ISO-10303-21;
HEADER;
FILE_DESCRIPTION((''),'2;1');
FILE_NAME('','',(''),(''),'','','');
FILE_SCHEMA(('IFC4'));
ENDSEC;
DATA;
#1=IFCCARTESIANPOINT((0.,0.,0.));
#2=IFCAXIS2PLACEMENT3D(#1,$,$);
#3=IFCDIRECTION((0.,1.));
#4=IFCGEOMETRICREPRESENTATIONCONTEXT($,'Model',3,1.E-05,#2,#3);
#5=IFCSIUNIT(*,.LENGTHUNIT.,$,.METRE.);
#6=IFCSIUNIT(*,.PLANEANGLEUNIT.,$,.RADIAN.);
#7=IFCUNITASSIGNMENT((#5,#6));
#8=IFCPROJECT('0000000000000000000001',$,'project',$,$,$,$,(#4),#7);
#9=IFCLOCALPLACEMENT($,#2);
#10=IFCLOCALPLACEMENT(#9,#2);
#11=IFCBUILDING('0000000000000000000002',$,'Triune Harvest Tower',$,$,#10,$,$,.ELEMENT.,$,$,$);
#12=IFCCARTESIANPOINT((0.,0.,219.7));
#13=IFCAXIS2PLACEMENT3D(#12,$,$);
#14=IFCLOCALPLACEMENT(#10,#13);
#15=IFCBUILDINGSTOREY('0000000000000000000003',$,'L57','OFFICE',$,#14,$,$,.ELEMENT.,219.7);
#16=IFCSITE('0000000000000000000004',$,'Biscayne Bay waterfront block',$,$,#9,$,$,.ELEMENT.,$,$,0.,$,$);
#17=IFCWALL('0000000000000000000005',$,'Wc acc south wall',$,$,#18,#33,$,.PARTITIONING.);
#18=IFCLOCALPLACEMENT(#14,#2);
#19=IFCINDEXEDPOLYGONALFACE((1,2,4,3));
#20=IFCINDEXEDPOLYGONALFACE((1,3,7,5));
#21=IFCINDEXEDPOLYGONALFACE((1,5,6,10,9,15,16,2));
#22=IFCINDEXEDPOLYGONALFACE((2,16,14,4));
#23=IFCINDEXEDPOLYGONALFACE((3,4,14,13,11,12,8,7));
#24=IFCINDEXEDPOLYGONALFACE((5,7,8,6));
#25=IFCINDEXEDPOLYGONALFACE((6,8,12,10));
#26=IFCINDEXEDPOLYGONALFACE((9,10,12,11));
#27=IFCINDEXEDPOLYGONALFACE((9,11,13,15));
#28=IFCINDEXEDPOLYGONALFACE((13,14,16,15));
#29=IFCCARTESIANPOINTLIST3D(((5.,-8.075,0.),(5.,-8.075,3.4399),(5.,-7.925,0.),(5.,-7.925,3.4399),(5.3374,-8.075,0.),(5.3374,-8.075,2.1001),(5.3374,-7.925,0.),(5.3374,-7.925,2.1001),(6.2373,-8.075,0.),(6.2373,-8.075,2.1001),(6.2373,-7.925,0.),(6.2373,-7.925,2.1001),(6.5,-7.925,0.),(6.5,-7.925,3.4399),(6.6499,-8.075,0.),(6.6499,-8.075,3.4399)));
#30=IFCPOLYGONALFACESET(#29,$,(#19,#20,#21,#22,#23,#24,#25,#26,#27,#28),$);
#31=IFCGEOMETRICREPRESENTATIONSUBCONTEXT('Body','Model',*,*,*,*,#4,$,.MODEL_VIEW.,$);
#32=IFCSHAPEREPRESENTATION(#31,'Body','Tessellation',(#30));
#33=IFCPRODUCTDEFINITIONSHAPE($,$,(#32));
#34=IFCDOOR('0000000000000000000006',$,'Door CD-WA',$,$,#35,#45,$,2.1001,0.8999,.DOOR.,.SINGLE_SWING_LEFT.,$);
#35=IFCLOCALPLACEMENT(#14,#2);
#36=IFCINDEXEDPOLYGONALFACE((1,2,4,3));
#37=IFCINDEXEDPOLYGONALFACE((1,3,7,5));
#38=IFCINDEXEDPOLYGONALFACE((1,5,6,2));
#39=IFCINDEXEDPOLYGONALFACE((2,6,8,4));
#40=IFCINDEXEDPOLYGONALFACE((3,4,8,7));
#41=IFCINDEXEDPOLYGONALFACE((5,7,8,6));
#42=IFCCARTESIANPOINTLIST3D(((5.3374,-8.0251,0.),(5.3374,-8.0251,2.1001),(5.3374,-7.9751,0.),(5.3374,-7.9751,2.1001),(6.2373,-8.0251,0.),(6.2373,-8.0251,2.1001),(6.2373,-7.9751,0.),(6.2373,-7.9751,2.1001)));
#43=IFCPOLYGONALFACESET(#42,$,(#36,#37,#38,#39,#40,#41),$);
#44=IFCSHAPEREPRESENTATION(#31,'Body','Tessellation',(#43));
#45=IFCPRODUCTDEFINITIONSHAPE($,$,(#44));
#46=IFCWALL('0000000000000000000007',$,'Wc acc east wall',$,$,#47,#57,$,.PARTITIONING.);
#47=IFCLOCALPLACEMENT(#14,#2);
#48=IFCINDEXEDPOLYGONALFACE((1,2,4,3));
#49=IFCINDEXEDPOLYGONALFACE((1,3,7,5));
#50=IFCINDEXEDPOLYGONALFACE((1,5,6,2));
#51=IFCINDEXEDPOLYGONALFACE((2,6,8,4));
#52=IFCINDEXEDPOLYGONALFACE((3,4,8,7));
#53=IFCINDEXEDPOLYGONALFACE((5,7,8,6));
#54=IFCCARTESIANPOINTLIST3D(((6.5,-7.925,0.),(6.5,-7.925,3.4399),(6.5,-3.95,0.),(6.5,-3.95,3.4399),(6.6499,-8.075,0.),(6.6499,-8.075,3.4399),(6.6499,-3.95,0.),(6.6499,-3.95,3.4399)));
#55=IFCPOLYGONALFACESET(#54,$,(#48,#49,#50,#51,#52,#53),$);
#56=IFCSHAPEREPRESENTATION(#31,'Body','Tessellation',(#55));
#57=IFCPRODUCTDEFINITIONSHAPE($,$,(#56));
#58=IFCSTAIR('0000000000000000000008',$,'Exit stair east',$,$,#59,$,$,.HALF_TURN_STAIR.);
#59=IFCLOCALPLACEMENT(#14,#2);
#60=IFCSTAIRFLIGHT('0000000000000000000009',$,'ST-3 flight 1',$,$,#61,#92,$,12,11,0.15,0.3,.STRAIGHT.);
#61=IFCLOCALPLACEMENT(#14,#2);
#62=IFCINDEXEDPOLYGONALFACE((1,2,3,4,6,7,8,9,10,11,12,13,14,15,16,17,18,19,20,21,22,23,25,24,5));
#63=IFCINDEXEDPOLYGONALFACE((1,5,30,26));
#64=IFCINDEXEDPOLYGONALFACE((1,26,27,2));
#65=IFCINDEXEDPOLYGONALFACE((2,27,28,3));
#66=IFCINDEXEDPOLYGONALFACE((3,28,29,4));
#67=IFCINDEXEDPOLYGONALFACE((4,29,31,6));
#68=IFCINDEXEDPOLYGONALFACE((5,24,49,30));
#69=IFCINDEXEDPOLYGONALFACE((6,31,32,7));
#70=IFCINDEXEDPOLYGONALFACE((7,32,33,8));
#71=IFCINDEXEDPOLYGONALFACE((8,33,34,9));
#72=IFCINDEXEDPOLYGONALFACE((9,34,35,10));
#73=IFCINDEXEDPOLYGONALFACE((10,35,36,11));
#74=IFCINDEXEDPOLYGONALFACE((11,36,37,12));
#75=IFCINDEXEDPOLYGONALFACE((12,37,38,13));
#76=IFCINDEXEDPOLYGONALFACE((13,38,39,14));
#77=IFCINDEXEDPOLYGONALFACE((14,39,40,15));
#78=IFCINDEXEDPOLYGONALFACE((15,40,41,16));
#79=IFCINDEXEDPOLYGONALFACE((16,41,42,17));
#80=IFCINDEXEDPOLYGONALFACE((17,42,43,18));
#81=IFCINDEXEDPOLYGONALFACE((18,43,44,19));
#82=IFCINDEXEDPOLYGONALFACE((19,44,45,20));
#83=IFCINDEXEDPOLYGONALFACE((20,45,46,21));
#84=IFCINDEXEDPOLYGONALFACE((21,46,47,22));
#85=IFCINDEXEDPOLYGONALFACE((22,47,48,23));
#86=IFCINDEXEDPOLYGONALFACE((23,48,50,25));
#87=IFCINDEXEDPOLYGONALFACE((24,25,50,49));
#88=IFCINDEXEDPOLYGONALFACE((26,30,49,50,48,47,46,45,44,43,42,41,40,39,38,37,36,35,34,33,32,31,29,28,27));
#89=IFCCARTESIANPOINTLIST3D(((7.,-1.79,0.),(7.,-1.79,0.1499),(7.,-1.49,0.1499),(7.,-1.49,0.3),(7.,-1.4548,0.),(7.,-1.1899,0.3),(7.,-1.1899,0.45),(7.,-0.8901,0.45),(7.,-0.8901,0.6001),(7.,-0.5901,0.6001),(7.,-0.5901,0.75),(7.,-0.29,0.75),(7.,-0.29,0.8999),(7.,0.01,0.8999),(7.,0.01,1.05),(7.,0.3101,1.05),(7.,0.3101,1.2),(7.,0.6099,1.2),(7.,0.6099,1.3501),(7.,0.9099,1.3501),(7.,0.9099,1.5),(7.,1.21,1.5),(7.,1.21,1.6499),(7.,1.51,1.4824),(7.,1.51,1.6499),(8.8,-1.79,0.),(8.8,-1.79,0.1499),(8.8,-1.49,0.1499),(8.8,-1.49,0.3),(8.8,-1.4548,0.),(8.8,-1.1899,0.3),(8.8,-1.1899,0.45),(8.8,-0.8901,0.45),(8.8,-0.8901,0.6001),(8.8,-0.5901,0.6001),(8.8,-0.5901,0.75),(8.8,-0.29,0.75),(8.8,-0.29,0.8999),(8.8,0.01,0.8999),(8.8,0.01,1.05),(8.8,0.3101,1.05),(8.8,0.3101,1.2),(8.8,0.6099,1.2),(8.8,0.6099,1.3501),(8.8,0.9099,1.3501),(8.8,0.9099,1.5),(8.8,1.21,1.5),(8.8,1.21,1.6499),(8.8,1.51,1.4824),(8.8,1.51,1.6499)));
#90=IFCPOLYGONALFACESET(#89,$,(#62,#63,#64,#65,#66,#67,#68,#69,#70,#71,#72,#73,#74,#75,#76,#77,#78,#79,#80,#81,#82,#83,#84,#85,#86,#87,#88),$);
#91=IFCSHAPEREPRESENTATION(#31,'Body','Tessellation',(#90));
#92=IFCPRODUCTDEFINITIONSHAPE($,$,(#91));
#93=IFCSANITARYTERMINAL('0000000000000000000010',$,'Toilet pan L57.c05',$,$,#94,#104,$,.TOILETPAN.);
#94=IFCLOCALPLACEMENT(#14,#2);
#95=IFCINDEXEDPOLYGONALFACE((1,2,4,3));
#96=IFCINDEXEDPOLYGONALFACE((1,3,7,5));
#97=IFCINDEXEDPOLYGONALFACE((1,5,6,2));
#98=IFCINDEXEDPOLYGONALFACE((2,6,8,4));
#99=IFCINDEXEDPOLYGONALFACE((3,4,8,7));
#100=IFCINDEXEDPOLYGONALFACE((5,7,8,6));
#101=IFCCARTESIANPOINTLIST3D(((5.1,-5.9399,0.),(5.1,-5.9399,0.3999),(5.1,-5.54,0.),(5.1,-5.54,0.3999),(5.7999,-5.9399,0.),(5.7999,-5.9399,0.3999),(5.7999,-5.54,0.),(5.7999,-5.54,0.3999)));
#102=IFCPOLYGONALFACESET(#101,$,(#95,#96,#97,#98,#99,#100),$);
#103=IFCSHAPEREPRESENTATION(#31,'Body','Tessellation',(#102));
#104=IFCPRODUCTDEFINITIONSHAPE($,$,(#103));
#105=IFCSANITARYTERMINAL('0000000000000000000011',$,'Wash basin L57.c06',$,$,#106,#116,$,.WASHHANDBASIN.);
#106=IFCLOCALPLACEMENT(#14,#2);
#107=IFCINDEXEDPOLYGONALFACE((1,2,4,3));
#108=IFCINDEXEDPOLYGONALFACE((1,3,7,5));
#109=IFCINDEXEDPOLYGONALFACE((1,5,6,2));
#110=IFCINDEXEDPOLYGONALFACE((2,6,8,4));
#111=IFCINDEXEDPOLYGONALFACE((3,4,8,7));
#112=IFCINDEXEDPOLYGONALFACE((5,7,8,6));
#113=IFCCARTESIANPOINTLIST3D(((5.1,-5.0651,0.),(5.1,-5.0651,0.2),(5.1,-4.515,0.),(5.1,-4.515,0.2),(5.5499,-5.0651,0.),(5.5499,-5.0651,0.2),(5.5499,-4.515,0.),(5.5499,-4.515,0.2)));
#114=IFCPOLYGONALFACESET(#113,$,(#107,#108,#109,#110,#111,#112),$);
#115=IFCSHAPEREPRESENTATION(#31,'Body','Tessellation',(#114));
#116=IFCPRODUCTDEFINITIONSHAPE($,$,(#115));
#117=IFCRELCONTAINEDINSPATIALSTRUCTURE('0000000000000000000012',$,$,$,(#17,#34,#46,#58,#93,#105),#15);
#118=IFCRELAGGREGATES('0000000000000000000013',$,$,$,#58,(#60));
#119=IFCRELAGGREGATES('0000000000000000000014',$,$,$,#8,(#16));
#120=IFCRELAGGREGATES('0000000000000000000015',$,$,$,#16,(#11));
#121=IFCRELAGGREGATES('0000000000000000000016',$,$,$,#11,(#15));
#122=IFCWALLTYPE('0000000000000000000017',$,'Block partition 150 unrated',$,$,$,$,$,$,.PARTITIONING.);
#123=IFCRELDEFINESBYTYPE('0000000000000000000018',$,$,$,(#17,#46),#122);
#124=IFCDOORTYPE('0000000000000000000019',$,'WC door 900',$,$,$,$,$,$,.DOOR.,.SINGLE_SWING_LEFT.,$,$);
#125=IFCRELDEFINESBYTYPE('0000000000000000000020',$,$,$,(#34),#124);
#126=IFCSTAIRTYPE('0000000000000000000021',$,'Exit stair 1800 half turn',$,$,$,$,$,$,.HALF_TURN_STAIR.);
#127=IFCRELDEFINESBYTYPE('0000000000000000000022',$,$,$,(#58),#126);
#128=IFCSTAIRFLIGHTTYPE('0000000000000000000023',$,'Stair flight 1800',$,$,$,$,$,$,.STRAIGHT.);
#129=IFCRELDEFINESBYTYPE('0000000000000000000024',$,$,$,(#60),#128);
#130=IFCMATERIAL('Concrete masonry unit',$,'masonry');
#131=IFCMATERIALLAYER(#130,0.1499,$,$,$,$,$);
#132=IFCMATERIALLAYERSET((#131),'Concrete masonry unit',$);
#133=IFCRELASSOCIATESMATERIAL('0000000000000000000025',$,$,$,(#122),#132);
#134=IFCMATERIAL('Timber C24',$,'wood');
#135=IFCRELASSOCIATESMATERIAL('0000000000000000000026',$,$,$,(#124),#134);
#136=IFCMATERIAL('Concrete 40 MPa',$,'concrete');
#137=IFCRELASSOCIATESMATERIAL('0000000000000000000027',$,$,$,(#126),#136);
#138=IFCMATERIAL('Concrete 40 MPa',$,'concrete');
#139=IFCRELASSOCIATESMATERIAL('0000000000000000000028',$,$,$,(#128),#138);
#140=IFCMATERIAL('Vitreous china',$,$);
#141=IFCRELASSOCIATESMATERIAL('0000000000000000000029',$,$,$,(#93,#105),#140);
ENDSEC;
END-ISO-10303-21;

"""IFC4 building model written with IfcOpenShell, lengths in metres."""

from ifc_helpers import new_model, si_unit, direction, frame, frame_2d, origin, origin_2d, place, context, subcontext, project, spatial, polyline, rectangle, outline, extrude, source, transform, mapped, material, layer, layer_set, type_object, element, fill, aggregate, save


model = new_model("IFC4")

# Units and contexts
model_context = context("Model", 3, precision=1e-05, world=origin(), true_north=direction((0.0, 1.0)))
body_context = subcontext(model_context, "Body", "Model", "MODEL_VIEW")
ifc_project = project(units=[si_unit("LENGTHUNIT", "METRE"), si_unit("PLANEANGLEUNIT", "RADIAN")], contexts=[model_context])

# Site, building, storey
site_placement = place(None, origin())
site = spatial("IfcSite", under=ifc_project, at=site_placement, Name="Biscayne Bay waterfront block", CompositionType="ELEMENT", RefElevation=0.0)
building_placement = place(site_placement, origin())
building = spatial("IfcBuilding", under=site, at=building_placement, Name="Triune Harvest Tower", CompositionType="ELEMENT")
storey_placement = place(building_placement, frame((0.0, 0.0, 219.7)))
storey = spatial("IfcBuildingStorey", under=building, at=storey_placement, Name="L57", Description="OFFICE", CompositionType="ELEMENT", Elevation=219.7)

# Wall, opening, door
ifc_material_1 = material(Name="Concrete masonry unit", Category="masonry")
ifc_layer_1 = layer(ifc_material_1, 0.1499)
ifc_layer_set_1 = layer_set([ifc_layer_1], Name="Concrete masonry unit")
wall_type_1 = type_object("IfcWallType", Name="Block partition 150 unrated", PredefinedType="PARTITIONING", material=ifc_layer_set_1)
shared_shape_1 = source(origin(), body_context, "Body", "SweptSolid", [
    extrude(outline(polyline([(0.0, -0.075), (1.6499, -0.075), (1.5, 0.075), (0.0, 0.075), (0.0, -0.075)])), origin(), (0.0, 0.0, 1.0), 3.4399),
])
wall_1_placement = place(storey_placement, frame((5.0, -8.0, 0.0), z_axis=(0.0, 0.0, 1.0), x_axis=(1.0, 0.0, 0.0)))
wall_1 = element("IfcWall", 1, at=wall_1_placement, inside=storey, type_object=wall_type_1, Name="Wc acc south wall", PredefinedType="PARTITIONING", context=body_context, shape_type="MappedRepresentation", body=[
    mapped(shared_shape_1, transform((0.0, 0.0, 0.0), scale=1.0)),
])
opening_1_placement = place(wall_1_placement, frame((0.3374, 0.0, 0.0)))
opening_1 = element("IfcOpeningElement", 2, at=opening_1_placement, cuts=wall_1, PredefinedType="OPENING", context=body_context, shape_type="SweptSolid", body=[
    extrude(rectangle(XDim=0.8999, YDim=2.1001, at=frame_2d((0.45, 1.05))), frame((0.0, 0.085, 0.0), z_axis=(0.0, -1.0, 0.0), x_axis=(1.0, 0.0, 0.0)), (0.0, 0.0, 1.0), 0.1699),
])
ifc_material_2 = material(Name="Timber C24", Category="wood")
door_type_1 = type_object("IfcDoorType", Name="WC door 900", OperationType="SINGLE_SWING_LEFT", PredefinedType="DOOR", material=ifc_material_2)
door_1_placement = place(opening_1_placement, origin())
door_1 = element("IfcDoor", 3, at=door_1_placement, inside=storey, type_object=door_type_1, Name="Door CD-WA", OperationType="SINGLE_SWING_LEFT", OverallHeight=2.1001, OverallWidth=0.8999, PredefinedType="DOOR", context=body_context, shape_type="SweptSolid", body=[
    extrude(rectangle(XDim=0.8999, YDim=2.1001, at=frame_2d((0.45, 1.05))), frame((0.0, 0.0249, 0.0), z_axis=(0.0, -1.0, 0.0), x_axis=(1.0, 0.0, 0.0)), (0.0, 0.0, 1.0), 0.05),
])
fill(opening_1, door_1)

# Wall
shared_shape_2 = source(origin(), body_context, "Body", "SweptSolid", [
    extrude(outline(polyline([(-0.075, -0.075), (4.05, -0.075), (4.05, 0.075), (0.075, 0.075), (-0.075, -0.075)])), origin(), (0.0, 0.0, 1.0), 3.4399),
])
wall_2_placement = place(storey_placement, frame((6.575, -8.0, 0.0), z_axis=(0.0, 0.0, 1.0), x_axis=(0.0, 1.0, 0.0)))
element("IfcWall", 4, at=wall_2_placement, inside=storey, type_object=wall_type_1, Name="Wc acc east wall", PredefinedType="PARTITIONING", context=body_context, shape_type="MappedRepresentation", body=[
    mapped(shared_shape_2, transform((0.0, 0.0, 0.0), scale=1.0)),
])

# Stair, stair flight
ifc_material_3 = material(Name="Concrete 40 MPa", Category="concrete")
stair_type = type_object("IfcStairType", Name="Exit stair 1800 half turn", PredefinedType="HALF_TURN_STAIR", material=ifc_material_3)
stair_placement = place(storey_placement, origin())
stair = element("IfcStair", 5, at=stair_placement, inside=storey, type_object=stair_type, Name="Exit stair east", PredefinedType="HALF_TURN_STAIR")
ifc_material_4 = material(Name="Concrete 40 MPa", Category="concrete")
stair_flight_type = type_object("IfcStairFlightType", Name="Stair flight 1800", PredefinedType="STRAIGHT", material=ifc_material_4)
shared_shape_3 = source(origin(), body_context, "Body", "SweptSolid", [
    extrude(outline(polyline([(0.0, 0.0), (0.0, 0.1499), (0.3, 0.1499), (0.3, 0.3), (0.6001, 0.3), (0.6001, 0.45), (0.8999, 0.45), (0.8999, 0.6001), (1.2, 0.6001), (1.2, 0.75), (1.5, 0.75), (1.5, 0.8999), (1.8, 0.8999), (1.8, 1.05), (2.1001, 1.05), (2.1001, 1.2), (2.3999, 1.2), (2.3999, 1.3501), (2.7, 1.3501), (2.7, 1.5), (3.0, 1.5), (3.0, 1.6499), (3.3, 1.6499), (3.3, 1.8), (3.3, 1.4824), (0.3352, 0.0), (0.0, 0.0)])), frame((0.0, 0.8999, 0.0), z_axis=(0.0, -1.0, 0.0), x_axis=(1.0, 0.0, 0.0)), (0.0, 0.0, 1.0), 1.8),
])
stair_flight_placement = place(storey_placement, frame((7.8999, -1.79, 0.0), z_axis=(0.0, 0.0, 1.0), x_axis=(0.0, 1.0, 0.0)))
stair_flight = element("IfcStairFlight", 6, at=stair_flight_placement, type_object=stair_flight_type, Name="ST-3 flight 1", NumberOfRisers=12, NumberOfTreads=11, PredefinedType="STRAIGHT", RiserHeight=0.15, TreadLength=0.3, context=body_context, shape_type="MappedRepresentation", body=[
    mapped(shared_shape_3, transform((0.0, 0.0, 0.0), scale=1.0)),
])
aggregate(stair, [stair_flight])

# Sanitary terminals
ifc_material_5 = material(Name="Vitreous china")
shared_shape_4 = source(origin(), body_context, "Body", "SweptSolid", [
    extrude(rectangle(XDim=0.3999, YDim=0.7, at=origin_2d()), origin(), (0.0, 0.0, 1.0), 0.3999),
])
sanitary_terminal_1_placement = place(storey_placement, frame((5.45, -5.74, 0.0), z_axis=(0.0, 0.0, 1.0), x_axis=(0.0, 1.0, 0.0)))
element("IfcSanitaryTerminal", 7, at=sanitary_terminal_1_placement, inside=storey, material=ifc_material_5, Name="Toilet pan L57.c05", PredefinedType="TOILETPAN", context=body_context, shape_type="MappedRepresentation", body=[
    mapped(shared_shape_4, transform((0.0, 0.0, 0.0), scale=1.0)),
])
shared_shape_5 = source(origin(), body_context, "Body", "SweptSolid", [
    extrude(rectangle(XDim=0.55, YDim=0.45, at=origin_2d()), origin(), (0.0, 0.0, 1.0), 0.2),
])
sanitary_terminal_2_placement = place(storey_placement, frame((5.325, -4.79, 0.0), z_axis=(0.0, 0.0, 1.0), x_axis=(0.0, 1.0, 0.0)))
element("IfcSanitaryTerminal", 8, at=sanitary_terminal_2_placement, inside=storey, material=ifc_material_5, Name="Wash basin L57.c06", PredefinedType="WASHHANDBASIN", context=body_context, shape_type="MappedRepresentation", body=[
    mapped(shared_shape_5, transform((0.0, 0.0, 0.0), scale=1.0)),
])

save(model, "model.ifc")
